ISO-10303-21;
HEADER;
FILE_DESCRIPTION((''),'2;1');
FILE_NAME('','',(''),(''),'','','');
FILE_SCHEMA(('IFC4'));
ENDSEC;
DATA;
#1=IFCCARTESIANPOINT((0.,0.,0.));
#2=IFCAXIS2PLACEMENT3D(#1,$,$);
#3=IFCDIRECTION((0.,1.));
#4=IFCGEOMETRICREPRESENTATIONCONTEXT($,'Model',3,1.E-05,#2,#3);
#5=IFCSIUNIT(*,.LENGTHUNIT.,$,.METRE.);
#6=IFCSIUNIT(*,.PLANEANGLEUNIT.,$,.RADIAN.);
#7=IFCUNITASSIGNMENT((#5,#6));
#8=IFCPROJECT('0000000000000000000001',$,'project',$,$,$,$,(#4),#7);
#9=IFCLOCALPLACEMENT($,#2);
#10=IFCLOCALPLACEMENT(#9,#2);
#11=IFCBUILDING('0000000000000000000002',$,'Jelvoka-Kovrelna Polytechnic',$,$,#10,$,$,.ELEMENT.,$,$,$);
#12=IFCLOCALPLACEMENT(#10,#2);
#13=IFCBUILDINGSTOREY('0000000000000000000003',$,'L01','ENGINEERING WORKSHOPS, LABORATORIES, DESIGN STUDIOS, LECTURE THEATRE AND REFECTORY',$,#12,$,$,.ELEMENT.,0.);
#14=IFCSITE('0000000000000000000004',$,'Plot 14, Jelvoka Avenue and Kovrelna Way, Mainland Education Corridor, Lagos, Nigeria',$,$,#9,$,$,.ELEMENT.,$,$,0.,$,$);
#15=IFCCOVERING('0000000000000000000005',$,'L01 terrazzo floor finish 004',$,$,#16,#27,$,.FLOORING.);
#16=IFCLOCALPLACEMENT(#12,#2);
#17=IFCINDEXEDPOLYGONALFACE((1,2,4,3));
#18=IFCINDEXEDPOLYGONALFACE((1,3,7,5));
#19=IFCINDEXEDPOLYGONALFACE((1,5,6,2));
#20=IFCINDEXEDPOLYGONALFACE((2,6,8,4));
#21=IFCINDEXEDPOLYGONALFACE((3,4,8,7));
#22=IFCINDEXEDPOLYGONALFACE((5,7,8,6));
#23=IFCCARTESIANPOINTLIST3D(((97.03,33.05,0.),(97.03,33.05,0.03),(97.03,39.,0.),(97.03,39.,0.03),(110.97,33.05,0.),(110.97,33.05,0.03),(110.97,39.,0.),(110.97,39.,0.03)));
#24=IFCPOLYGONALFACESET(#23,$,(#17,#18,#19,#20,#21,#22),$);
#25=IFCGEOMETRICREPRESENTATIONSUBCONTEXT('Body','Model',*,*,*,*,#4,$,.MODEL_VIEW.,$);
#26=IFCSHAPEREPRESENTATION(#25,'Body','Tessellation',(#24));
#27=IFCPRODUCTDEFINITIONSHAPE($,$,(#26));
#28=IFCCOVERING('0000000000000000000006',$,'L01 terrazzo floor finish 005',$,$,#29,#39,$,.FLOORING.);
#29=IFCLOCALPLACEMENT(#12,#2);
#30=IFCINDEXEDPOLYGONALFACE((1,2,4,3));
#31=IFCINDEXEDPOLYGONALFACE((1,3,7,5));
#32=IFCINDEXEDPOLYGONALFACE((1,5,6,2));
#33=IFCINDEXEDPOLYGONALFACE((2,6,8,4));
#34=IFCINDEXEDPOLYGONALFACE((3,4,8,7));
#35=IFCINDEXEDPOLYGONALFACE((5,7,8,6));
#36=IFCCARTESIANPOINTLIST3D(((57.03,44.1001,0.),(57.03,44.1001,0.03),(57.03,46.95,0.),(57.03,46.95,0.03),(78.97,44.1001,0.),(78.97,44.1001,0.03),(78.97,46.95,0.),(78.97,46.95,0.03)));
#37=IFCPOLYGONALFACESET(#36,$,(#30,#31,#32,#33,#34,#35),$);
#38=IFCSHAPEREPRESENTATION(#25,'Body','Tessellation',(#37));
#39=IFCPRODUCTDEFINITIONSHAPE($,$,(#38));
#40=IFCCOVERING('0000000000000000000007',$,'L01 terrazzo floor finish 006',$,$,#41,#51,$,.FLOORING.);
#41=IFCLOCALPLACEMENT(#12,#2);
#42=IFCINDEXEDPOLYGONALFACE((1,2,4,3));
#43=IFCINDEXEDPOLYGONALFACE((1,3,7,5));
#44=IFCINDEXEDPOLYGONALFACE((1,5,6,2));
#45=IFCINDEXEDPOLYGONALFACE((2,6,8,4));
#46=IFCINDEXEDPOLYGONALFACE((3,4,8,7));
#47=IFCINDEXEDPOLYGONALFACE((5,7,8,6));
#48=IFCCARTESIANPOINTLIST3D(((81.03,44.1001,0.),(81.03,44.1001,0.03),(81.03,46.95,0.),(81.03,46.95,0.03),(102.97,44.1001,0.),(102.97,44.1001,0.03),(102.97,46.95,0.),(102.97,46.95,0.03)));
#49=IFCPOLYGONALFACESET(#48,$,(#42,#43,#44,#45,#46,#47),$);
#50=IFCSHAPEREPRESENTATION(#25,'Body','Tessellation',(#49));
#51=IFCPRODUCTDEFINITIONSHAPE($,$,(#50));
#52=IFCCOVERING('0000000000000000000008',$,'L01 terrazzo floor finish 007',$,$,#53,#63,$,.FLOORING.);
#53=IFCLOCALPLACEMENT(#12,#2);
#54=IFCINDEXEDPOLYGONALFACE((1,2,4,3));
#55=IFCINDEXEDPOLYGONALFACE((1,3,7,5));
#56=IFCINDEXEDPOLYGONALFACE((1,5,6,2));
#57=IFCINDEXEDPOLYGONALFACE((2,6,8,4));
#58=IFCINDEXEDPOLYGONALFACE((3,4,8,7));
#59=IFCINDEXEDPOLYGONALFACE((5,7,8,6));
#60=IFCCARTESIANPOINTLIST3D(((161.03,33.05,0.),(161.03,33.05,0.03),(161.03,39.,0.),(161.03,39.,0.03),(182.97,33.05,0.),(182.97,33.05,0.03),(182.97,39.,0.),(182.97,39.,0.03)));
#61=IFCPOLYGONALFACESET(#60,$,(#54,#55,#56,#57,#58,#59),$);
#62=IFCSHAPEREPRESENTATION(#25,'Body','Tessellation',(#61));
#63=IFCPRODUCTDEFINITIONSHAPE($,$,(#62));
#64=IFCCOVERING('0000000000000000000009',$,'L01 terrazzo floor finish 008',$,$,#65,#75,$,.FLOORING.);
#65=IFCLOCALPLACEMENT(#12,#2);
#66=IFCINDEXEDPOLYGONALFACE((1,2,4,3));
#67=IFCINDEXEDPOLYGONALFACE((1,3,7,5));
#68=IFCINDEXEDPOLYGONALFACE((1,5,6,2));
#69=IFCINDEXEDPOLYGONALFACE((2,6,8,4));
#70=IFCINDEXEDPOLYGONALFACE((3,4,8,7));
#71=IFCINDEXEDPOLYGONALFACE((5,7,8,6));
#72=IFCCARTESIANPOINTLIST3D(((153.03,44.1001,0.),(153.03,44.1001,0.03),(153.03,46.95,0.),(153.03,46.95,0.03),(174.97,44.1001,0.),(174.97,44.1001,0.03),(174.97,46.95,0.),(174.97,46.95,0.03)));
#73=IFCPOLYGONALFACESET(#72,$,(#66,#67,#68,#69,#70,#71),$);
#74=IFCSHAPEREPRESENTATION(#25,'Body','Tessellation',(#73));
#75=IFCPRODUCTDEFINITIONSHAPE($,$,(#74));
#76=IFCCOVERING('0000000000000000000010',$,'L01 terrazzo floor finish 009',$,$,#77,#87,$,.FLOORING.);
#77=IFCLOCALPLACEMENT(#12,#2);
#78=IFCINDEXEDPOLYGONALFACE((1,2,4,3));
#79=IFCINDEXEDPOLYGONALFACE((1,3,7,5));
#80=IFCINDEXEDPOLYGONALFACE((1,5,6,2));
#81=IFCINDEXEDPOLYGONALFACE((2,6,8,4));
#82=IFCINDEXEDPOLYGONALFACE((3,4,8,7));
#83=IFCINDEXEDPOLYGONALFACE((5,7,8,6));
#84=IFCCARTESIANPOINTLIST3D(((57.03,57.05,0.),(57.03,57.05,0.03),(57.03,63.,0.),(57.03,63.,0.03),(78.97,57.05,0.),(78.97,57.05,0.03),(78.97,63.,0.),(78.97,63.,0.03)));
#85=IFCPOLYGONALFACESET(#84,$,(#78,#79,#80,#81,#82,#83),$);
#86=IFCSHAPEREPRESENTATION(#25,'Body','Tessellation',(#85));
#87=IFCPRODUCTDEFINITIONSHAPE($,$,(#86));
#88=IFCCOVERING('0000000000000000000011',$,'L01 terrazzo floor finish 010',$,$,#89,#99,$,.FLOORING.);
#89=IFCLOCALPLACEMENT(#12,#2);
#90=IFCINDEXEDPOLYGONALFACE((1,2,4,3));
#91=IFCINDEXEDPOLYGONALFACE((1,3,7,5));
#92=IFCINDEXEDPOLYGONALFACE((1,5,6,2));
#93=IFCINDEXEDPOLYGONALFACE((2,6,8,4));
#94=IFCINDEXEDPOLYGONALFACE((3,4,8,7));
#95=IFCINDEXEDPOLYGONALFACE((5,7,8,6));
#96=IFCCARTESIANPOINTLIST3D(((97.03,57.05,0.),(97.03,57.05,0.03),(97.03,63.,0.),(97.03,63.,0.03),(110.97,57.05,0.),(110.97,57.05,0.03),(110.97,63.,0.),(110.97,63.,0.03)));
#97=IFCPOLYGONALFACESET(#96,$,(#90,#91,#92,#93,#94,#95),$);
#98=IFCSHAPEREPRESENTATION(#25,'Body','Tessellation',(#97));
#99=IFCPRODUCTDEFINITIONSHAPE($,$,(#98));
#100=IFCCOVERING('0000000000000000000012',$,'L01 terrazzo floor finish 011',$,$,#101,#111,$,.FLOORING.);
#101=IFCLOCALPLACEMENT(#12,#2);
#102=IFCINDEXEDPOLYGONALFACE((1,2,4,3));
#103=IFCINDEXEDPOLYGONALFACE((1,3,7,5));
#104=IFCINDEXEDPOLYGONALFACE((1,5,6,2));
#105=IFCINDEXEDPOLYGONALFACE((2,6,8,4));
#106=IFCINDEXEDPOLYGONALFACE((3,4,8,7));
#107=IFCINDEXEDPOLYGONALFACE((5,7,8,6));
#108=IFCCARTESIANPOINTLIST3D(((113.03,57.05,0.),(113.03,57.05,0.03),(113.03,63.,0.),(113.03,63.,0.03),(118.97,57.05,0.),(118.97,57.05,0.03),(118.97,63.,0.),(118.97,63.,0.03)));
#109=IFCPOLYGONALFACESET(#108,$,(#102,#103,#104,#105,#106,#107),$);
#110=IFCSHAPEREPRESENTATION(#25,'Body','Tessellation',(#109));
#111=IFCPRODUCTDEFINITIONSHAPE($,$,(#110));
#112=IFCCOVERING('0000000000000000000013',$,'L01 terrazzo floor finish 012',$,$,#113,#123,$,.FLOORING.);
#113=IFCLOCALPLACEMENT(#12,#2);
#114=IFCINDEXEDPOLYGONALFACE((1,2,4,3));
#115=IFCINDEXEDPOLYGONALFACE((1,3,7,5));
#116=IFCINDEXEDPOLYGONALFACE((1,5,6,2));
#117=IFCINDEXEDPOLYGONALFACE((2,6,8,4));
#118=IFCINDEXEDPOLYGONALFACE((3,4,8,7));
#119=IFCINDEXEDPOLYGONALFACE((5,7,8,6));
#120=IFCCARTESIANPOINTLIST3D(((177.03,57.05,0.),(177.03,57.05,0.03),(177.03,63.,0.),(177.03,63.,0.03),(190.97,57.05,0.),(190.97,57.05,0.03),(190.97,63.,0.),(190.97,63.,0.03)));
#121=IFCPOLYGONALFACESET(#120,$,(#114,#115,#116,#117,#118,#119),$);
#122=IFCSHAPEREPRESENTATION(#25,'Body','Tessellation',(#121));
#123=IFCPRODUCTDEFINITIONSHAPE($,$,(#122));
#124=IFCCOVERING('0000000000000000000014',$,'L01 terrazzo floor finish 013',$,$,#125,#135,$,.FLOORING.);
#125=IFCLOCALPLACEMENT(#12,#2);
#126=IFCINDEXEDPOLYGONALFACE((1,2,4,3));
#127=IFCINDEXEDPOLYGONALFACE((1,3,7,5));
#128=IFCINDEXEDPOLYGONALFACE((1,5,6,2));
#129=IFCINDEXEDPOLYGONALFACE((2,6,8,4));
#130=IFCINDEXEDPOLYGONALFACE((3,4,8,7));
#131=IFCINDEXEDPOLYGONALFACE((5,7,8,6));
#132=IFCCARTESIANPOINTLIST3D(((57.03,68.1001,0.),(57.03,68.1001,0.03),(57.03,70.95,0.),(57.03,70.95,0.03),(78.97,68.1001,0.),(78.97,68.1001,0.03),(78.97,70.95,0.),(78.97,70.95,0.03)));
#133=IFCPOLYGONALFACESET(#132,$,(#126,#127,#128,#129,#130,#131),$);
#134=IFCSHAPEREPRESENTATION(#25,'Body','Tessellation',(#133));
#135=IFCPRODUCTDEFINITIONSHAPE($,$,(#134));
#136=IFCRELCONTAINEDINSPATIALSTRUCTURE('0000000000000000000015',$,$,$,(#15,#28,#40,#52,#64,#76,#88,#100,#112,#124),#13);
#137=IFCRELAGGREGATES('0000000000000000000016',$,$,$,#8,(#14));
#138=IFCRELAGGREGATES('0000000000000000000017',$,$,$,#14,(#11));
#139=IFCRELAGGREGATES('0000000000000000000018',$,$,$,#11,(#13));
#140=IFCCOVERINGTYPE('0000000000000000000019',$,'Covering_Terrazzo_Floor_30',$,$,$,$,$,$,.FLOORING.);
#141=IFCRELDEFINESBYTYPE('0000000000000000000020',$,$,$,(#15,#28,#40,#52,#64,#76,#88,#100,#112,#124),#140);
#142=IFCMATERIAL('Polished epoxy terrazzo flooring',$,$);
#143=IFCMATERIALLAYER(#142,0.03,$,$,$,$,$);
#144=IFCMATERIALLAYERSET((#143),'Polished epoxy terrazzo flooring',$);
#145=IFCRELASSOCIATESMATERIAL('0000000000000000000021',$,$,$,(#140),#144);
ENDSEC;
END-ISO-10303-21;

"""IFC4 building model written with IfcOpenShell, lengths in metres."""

from ifc_helpers import new_model, si_unit, direction, origin, place, context, subcontext, project, spatial, polyline, outline, extrude, material, layer, layer_set, type_object, element, save


model = new_model("IFC4")

# Units and contexts
model_context = context("Model", 3, precision=1e-05, world=origin(), true_north=direction((0.0, 1.0)))
body_context = subcontext(model_context, "Body", "Model", "MODEL_VIEW")
ifc_project = project(units=[si_unit("LENGTHUNIT", "METRE"), si_unit("PLANEANGLEUNIT", "RADIAN")], contexts=[model_context])

# Site, building, storey
site_placement = place(None, origin())
site = spatial("IfcSite", under=ifc_project, at=site_placement, Name="Plot 14, Jelvoka Avenue and Kovrelna Way, Mainland Education Corridor, Lagos, Nigeria", CompositionType="ELEMENT", RefElevation=0.0)
building_placement = place(site_placement, origin())
building = spatial("IfcBuilding", under=site, at=building_placement, Name="Jelvoka-Kovrelna Polytechnic", CompositionType="ELEMENT")
storey_placement = place(building_placement, origin())
storey = spatial("IfcBuildingStorey", under=building, at=storey_placement, Name="L01", Description="ENGINEERING WORKSHOPS, LABORATORIES, DESIGN STUDIOS, LECTURE THEATRE AND REFECTORY", CompositionType="ELEMENT", Elevation=0.0)

# Coverings
ifc_material_1 = material(Name="Polished epoxy terrazzo flooring")
ifc_layer_1 = layer(ifc_material_1, 0.03)
ifc_layer_set_1 = layer_set([ifc_layer_1], Name="Polished epoxy terrazzo flooring")
covering_type_1 = type_object("IfcCoveringType", Name="Covering_Terrazzo_Floor_30", PredefinedType="FLOORING", material=ifc_layer_set_1)
covering_1_placement = place(storey_placement, origin())
element("IfcCovering", 1, at=covering_1_placement, inside=storey, type_object=covering_type_1, Name="L01 terrazzo floor finish 004", PredefinedType="FLOORING", context=body_context, shape_type="SweptSolid", body=[
    extrude(outline(polyline([(97.03, 33.05), (110.97, 33.05), (110.97, 39.0), (97.03, 39.0), (97.03, 33.05)])), origin(), (0.0, 0.0, 1.0), 0.03),
])
covering_2_placement = place(storey_placement, origin())
element("IfcCovering", 2, at=covering_2_placement, inside=storey, type_object=covering_type_1, Name="L01 terrazzo floor finish 005", PredefinedType="FLOORING", context=body_context, shape_type="SweptSolid", body=[
    extrude(outline(polyline([(57.03, 44.1001), (78.97, 44.1001), (78.97, 46.95), (57.03, 46.95), (57.03, 44.1001)])), origin(), (0.0, 0.0, 1.0), 0.03),
])
covering_3_placement = place(storey_placement, origin())
element("IfcCovering", 3, at=covering_3_placement, inside=storey, type_object=covering_type_1, Name="L01 terrazzo floor finish 006", PredefinedType="FLOORING", context=body_context, shape_type="SweptSolid", body=[
    extrude(outline(polyline([(81.03, 44.1001), (102.97, 44.1001), (102.97, 46.95), (81.03, 46.95), (81.03, 44.1001)])), origin(), (0.0, 0.0, 1.0), 0.03),
])
covering_4_placement = place(storey_placement, origin())
element("IfcCovering", 4, at=covering_4_placement, inside=storey, type_object=covering_type_1, Name="L01 terrazzo floor finish 007", PredefinedType="FLOORING", context=body_context, shape_type="SweptSolid", body=[
    extrude(outline(polyline([(161.03, 33.05), (182.97, 33.05), (182.97, 39.0), (161.03, 39.0), (161.03, 33.05)])), origin(), (0.0, 0.0, 1.0), 0.03),
])
covering_5_placement = place(storey_placement, origin())
element("IfcCovering", 5, at=covering_5_placement, inside=storey, type_object=covering_type_1, Name="L01 terrazzo floor finish 008", PredefinedType="FLOORING", context=body_context, shape_type="SweptSolid", body=[
    extrude(outline(polyline([(153.03, 44.1001), (174.97, 44.1001), (174.97, 46.95), (153.03, 46.95), (153.03, 44.1001)])), origin(), (0.0, 0.0, 1.0), 0.03),
])
covering_6_placement = place(storey_placement, origin())
element("IfcCovering", 6, at=covering_6_placement, inside=storey, type_object=covering_type_1, Name="L01 terrazzo floor finish 009", PredefinedType="FLOORING", context=body_context, shape_type="SweptSolid", body=[
    extrude(outline(polyline([(57.03, 57.05), (78.97, 57.05), (78.97, 63.0), (57.03, 63.0), (57.03, 57.05)])), origin(), (0.0, 0.0, 1.0), 0.03),
])
covering_7_placement = place(storey_placement, origin())
element("IfcCovering", 7, at=covering_7_placement, inside=storey, type_object=covering_type_1, Name="L01 terrazzo floor finish 010", PredefinedType="FLOORING", context=body_context, shape_type="SweptSolid", body=[
    extrude(outline(polyline([(97.03, 57.05), (110.97, 57.05), (110.97, 63.0), (97.03, 63.0), (97.03, 57.05)])), origin(), (0.0, 0.0, 1.0), 0.03),
])
covering_8_placement = place(storey_placement, origin())
element("IfcCovering", 8, at=covering_8_placement, inside=storey, type_object=covering_type_1, Name="L01 terrazzo floor finish 011", PredefinedType="FLOORING", context=body_context, shape_type="SweptSolid", body=[
    extrude(outline(polyline([(113.03, 57.05), (118.97, 57.05), (118.97, 63.0), (113.03, 63.0), (113.03, 57.05)])), origin(), (0.0, 0.0, 1.0), 0.03),
])
covering_9_placement = place(storey_placement, origin())
element("IfcCovering", 9, at=covering_9_placement, inside=storey, type_object=covering_type_1, Name="L01 terrazzo floor finish 012", PredefinedType="FLOORING", context=body_context, shape_type="SweptSolid", body=[
    extrude(outline(polyline([(177.03, 57.05), (190.97, 57.05), (190.97, 63.0), (177.03, 63.0), (177.03, 57.05)])), origin(), (0.0, 0.0, 1.0), 0.03),
])
covering_10_placement = place(storey_placement, origin())
element("IfcCovering", 10, at=covering_10_placement, inside=storey, type_object=covering_type_1, Name="L01 terrazzo floor finish 013", PredefinedType="FLOORING", context=body_context, shape_type="SweptSolid", body=[
    extrude(outline(polyline([(57.03, 68.1001), (78.97, 68.1001), (78.97, 70.95), (57.03, 70.95), (57.03, 68.1001)])), origin(), (0.0, 0.0, 1.0), 0.03),
])

save(model, "model.ifc")
